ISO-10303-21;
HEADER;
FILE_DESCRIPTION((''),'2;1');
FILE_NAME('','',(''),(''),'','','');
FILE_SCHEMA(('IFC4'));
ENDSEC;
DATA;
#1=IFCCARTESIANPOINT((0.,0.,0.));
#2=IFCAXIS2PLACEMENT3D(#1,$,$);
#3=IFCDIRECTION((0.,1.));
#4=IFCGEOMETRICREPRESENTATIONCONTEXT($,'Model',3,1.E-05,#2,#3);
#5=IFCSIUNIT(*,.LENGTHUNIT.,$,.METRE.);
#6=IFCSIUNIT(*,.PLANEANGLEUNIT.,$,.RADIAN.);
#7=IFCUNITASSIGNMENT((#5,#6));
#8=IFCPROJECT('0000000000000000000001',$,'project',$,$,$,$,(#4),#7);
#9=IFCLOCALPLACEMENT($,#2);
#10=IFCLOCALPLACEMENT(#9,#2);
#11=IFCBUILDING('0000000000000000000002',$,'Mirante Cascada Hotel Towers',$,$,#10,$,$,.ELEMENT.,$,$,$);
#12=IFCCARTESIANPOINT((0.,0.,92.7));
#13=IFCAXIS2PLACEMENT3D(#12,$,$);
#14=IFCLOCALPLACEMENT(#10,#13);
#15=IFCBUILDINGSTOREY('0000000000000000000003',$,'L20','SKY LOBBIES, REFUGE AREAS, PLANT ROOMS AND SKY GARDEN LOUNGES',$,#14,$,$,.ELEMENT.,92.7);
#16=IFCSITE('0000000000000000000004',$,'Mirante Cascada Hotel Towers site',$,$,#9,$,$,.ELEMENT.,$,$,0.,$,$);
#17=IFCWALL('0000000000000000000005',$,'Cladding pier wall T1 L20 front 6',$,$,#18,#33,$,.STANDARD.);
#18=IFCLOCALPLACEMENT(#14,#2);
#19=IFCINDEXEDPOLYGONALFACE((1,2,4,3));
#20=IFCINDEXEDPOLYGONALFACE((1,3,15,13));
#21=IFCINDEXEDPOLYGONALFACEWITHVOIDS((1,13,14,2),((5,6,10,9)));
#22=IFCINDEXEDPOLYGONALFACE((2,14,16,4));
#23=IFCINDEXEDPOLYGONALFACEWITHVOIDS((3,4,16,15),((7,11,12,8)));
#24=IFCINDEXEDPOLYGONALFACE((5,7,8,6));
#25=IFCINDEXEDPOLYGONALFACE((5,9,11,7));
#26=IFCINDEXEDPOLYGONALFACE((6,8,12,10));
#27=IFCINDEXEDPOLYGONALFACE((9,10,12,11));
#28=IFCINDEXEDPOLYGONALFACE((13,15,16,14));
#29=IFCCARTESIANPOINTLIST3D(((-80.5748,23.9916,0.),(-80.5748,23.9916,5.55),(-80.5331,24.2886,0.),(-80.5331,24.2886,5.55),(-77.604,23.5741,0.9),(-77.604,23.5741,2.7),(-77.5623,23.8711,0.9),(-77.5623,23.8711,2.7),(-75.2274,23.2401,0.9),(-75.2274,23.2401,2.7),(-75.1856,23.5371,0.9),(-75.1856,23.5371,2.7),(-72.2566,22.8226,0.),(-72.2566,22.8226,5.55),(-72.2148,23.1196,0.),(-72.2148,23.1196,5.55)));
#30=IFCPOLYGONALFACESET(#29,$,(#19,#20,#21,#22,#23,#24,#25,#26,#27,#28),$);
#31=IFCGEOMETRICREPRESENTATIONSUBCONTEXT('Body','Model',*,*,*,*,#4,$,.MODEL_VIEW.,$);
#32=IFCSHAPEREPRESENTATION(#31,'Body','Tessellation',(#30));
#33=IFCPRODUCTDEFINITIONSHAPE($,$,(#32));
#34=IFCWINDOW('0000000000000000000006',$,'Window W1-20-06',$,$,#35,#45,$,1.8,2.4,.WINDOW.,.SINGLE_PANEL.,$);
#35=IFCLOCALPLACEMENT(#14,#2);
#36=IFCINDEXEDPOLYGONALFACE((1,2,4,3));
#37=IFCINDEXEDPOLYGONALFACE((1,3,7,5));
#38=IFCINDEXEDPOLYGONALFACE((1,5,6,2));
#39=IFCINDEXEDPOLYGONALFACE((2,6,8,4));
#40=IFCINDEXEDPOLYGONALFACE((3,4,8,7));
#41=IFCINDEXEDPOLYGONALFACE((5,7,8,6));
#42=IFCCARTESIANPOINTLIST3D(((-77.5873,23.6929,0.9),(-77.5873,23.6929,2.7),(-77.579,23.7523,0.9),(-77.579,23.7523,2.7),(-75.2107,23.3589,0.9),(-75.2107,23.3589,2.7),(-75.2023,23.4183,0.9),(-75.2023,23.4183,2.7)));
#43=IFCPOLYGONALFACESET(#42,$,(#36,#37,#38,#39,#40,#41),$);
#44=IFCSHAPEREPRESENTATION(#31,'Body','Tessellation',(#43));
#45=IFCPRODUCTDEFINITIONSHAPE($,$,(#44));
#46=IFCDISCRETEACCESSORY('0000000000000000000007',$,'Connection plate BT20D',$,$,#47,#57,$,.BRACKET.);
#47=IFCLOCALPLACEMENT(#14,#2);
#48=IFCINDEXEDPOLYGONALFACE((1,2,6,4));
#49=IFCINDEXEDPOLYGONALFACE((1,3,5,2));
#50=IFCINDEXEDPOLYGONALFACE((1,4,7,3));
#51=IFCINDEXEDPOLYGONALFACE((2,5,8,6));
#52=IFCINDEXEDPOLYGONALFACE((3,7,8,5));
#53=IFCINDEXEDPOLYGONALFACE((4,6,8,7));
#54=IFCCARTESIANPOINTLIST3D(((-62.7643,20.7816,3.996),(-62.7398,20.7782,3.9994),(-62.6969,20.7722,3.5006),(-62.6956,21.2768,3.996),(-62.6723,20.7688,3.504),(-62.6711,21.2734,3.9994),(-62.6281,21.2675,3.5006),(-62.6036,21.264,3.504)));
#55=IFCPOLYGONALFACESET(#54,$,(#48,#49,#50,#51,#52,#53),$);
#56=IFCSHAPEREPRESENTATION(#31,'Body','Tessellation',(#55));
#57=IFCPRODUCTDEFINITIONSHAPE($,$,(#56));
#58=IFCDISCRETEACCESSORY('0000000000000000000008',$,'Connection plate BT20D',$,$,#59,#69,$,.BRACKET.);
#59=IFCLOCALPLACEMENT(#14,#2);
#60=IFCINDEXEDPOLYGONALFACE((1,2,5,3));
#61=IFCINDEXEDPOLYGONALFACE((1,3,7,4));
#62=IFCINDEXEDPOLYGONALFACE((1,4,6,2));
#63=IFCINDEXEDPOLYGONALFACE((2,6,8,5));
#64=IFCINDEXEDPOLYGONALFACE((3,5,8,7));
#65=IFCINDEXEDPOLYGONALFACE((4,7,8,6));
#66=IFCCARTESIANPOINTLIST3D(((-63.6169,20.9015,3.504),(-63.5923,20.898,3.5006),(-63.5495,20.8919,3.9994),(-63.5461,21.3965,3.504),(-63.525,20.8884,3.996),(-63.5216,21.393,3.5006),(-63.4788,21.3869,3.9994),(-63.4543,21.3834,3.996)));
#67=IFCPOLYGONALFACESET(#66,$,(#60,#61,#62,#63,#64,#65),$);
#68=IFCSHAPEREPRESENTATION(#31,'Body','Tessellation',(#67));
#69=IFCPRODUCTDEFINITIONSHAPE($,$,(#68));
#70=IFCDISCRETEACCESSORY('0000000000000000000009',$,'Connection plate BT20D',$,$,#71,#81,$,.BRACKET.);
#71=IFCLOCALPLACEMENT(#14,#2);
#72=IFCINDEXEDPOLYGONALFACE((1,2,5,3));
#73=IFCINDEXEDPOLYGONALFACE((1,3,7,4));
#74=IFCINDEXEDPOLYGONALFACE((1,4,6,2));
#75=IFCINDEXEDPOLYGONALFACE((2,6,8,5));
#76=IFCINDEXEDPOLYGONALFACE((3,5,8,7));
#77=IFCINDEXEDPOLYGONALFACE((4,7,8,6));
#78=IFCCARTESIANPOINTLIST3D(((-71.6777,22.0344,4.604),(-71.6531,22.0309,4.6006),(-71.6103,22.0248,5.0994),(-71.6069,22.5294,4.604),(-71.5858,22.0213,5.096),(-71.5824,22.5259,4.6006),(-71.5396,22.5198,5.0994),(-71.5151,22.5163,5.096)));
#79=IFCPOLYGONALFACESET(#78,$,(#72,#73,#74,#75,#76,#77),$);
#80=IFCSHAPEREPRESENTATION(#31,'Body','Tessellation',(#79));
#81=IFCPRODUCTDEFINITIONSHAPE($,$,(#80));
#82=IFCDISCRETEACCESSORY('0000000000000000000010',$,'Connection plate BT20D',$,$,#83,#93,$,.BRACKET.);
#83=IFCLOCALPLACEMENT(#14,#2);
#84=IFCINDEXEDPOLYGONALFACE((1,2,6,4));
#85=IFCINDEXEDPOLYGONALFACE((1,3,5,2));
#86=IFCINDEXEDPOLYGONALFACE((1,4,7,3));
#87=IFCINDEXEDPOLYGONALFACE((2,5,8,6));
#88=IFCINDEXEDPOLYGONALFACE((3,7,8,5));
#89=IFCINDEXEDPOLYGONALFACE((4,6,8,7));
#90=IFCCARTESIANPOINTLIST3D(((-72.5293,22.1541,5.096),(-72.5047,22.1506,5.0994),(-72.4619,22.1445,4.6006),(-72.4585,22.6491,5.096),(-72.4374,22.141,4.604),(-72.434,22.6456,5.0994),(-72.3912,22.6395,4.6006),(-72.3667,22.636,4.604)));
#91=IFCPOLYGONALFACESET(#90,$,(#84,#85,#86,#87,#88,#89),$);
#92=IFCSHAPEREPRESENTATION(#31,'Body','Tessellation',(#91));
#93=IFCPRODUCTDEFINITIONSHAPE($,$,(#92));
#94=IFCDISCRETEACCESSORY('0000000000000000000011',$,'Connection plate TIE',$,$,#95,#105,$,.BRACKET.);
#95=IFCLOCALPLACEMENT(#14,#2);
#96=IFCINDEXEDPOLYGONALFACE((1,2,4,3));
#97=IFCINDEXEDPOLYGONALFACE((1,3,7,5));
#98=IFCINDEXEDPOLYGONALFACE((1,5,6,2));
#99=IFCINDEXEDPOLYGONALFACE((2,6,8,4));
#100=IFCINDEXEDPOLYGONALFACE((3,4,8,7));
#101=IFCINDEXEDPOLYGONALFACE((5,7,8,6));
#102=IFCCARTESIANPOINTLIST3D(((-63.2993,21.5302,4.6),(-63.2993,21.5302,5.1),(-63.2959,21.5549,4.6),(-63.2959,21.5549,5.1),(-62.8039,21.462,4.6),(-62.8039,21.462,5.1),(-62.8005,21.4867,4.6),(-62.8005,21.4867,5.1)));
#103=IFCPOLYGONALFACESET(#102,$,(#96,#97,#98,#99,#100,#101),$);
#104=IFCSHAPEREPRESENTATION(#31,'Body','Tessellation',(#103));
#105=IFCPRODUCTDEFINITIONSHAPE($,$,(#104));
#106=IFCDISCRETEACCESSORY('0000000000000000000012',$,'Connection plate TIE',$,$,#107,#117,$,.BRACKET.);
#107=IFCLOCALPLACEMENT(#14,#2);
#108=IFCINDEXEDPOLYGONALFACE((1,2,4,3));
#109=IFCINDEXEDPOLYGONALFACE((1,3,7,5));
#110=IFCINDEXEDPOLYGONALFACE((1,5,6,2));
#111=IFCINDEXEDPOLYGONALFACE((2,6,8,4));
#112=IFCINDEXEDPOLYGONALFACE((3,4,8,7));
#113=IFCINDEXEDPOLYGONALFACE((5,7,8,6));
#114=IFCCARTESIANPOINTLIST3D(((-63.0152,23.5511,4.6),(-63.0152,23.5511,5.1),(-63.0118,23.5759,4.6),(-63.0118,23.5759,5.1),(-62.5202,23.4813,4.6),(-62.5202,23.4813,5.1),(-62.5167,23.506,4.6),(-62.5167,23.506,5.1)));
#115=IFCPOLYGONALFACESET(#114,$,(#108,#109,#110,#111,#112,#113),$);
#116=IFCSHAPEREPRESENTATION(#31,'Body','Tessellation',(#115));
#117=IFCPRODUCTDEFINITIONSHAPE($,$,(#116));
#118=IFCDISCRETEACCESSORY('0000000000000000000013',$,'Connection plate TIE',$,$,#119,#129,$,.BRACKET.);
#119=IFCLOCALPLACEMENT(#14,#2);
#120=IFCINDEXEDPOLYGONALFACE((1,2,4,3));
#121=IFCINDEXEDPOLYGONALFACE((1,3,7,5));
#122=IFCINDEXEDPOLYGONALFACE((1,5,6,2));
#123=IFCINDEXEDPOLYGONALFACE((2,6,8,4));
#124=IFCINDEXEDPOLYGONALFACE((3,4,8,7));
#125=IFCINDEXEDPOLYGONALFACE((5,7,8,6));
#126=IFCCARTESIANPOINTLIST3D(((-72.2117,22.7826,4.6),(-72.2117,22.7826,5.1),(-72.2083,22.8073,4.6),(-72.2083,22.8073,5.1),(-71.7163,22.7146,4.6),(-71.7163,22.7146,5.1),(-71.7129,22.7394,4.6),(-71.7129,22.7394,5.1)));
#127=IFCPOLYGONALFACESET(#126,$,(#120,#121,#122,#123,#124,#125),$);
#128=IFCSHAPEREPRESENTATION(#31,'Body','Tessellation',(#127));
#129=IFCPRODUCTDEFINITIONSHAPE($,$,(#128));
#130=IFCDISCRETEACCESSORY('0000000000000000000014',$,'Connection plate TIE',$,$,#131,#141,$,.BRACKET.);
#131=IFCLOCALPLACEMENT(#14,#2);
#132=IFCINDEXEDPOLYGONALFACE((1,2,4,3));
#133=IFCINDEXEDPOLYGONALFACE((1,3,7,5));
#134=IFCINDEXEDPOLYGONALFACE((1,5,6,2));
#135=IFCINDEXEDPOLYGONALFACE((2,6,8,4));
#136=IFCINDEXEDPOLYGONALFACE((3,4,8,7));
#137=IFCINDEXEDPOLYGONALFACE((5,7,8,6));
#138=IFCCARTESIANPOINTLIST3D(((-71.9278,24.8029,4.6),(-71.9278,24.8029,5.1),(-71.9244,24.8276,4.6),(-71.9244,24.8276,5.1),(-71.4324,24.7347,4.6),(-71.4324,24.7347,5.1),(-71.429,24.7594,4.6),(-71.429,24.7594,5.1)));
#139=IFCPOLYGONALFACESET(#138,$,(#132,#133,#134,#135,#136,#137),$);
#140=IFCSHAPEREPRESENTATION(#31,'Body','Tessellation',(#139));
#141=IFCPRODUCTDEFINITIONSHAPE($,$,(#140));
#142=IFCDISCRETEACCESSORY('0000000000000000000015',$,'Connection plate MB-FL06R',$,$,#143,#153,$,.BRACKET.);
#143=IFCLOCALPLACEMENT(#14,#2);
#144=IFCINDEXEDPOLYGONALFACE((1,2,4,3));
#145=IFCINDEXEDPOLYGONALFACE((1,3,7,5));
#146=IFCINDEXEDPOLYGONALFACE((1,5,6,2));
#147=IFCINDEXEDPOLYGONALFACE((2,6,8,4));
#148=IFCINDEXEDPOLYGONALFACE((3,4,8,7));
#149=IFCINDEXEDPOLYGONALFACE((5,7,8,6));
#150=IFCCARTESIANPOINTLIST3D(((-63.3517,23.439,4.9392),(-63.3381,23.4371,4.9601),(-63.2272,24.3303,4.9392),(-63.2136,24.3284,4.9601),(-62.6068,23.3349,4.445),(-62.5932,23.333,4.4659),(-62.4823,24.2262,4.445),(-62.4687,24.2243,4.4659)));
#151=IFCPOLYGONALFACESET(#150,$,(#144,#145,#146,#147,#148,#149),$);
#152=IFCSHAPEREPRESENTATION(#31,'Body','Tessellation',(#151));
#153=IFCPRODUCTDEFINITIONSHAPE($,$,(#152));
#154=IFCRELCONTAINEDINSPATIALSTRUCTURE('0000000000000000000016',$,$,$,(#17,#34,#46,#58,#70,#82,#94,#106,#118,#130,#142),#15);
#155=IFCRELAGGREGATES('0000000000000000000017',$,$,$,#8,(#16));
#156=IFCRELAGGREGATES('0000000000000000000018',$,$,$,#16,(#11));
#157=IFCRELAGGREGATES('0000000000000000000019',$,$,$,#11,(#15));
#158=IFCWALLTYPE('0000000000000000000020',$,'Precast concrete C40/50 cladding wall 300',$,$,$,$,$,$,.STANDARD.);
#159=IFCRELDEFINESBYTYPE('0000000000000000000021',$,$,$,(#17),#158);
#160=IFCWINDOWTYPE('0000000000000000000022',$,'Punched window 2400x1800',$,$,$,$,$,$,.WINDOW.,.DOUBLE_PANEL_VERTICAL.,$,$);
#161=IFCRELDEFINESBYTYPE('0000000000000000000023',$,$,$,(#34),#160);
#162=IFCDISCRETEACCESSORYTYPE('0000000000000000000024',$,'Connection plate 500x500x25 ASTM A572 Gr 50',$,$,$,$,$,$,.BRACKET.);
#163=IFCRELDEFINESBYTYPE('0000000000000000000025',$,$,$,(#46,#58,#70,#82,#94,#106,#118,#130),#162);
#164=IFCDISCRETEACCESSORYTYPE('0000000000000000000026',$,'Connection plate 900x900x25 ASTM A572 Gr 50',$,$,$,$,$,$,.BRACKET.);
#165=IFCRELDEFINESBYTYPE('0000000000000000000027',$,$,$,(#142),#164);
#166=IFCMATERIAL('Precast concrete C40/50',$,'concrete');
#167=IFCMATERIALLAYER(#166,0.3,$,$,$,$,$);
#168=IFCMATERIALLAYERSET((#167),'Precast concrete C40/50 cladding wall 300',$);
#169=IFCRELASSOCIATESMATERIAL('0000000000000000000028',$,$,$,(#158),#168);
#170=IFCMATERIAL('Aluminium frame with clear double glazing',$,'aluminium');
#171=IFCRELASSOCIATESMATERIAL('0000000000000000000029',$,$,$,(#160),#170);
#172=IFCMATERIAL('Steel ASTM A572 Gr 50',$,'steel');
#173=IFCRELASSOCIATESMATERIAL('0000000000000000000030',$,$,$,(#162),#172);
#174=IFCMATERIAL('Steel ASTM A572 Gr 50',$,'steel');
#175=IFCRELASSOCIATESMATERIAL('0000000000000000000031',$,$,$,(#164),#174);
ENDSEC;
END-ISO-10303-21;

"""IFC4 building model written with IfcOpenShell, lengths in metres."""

from ifc_helpers import new_model, si_unit, direction, frame, frame_2d, origin, origin_2d, place, context, subcontext, project, spatial, rectangle, extrude, material, layer, layer_set, material_profile, profile_set, type_object, element, fill, save


model = new_model("IFC4")

# Units and contexts
model_context = context("Model", 3, precision=1e-05, world=origin(), true_north=direction((0.0, 1.0)))
body_context = subcontext(model_context, "Body", "Model", "MODEL_VIEW")
ifc_project = project(units=[si_unit("LENGTHUNIT", "METRE"), si_unit("PLANEANGLEUNIT", "RADIAN")], contexts=[model_context])

# Site, building, storey
site_placement = place(None, origin())
site = spatial("IfcSite", under=ifc_project, at=site_placement, Name="Mirante Cascada Hotel Towers site", CompositionType="ELEMENT", RefElevation=0.0)
building_placement = place(site_placement, origin())
building = spatial("IfcBuilding", under=site, at=building_placement, Name="Mirante Cascada Hotel Towers", CompositionType="ELEMENT")
storey_placement = place(building_placement, frame((0.0, 0.0, 92.7)))
storey = spatial("IfcBuildingStorey", under=building, at=storey_placement, Name="L20", Description="SKY LOBBIES, REFUGE AREAS, PLANT ROOMS AND SKY GARDEN LOUNGES", CompositionType="ELEMENT", Elevation=92.7)

# Wall, opening, window
ifc_material_1 = material(Name="Precast concrete C40/50", Category="concrete")
ifc_layer = layer(ifc_material_1, 0.3)
ifc_layer_set = layer_set([ifc_layer], Name="Precast concrete C40/50 cladding wall 300")
wall_type = type_object("IfcWallType", Name="Precast concrete C40/50 cladding wall 300", PredefinedType="STANDARD", material=ifc_layer_set)
ifc_material_2 = material(Name="Aluminium frame with clear double glazing", Category="aluminium")
window_type = type_object("IfcWindowType", Name="Punched window 2400x1800", PartitioningType="DOUBLE_PANEL_VERTICAL", PredefinedType="WINDOW", material=ifc_material_2)
wall_1_placement = place(storey_placement, frame((-72.2357, 22.9711, 0.0), z_axis=(0.0, 0.0, 1.0), x_axis=(-0.990269, 0.139166, 0.0)))
wall_1 = element("IfcWall", 1, at=wall_1_placement, inside=storey, type_object=wall_type, Name="Cladding pier wall T1 L20 front 6", PredefinedType="STANDARD", context=body_context, shape_type="SweptSolid", body=[
    extrude(rectangle(XDim=8.4, YDim=0.3, at=frame_2d((4.2, 0.0))), origin(), (0.0, 0.0, 1.0), 5.55),
])
opening_1_placement = place(wall_1_placement, frame((3.0, 0.0, 0.9)))
opening_1 = element("IfcOpeningElement", 2, at=opening_1_placement, cuts=wall_1, PredefinedType="OPENING", context=body_context, shape_type="SweptSolid", body=[
    extrude(rectangle(XDim=2.4, YDim=1.8, at=frame_2d((1.2, 0.9))), frame((0.0, 0.15, 0.0), z_axis=(0.0, -1.0, 0.0), x_axis=(1.0, 0.0, 0.0)), (0.0, 0.0, 1.0), 0.3),
])
window_1_placement = place(opening_1_placement, origin())
window_1 = element("IfcWindow", 3, at=window_1_placement, inside=storey, type_object=window_type, Name="Window W1-20-06", OverallHeight=1.8, OverallWidth=2.4, PartitioningType="SINGLE_PANEL", PredefinedType="WINDOW", context=body_context, shape_type="SweptSolid", body=[
    extrude(rectangle(XDim=2.4, YDim=1.8, at=frame_2d((1.2, 0.9))), frame((0.0, 0.03, 0.0), z_axis=(0.0, -1.0, 0.0), x_axis=(1.0, 0.0, 0.0)), (0.0, 0.0, 1.0), 0.06),
])
fill(opening_1, window_1)

# Discrete accessories
ifc_material_3 = material(Name="Steel ASTM A572 Gr 50", Category="steel")
ifc_material_profile_1 = material_profile(ifc_material_3, rectangle(XDim=0.5, YDim=0.5, at=origin_2d()), Name="Connection plate 500x500x25 ASTM A572 Gr 50")
ifc_profile_set_1 = profile_set([ifc_material_profile_1], Name="Steel ASTM A572 Gr 50")
discrete_accessory_type_1 = type_object("IfcDiscreteAccessoryType", Name="Connection plate 500x500x25 ASTM A572 Gr 50", PredefinedType="BRACKET", material=ifc_profile_set_1)
for number, where, z_axis, x_axis, name in (
    (4, (-62.6717, 21.0211, 3.7517), (-0.98128, 0.136178, -0.136178), (-0.137458, -0.990508, 0.0), "Connection plate BT20D"),
    (5, (-63.5233, 21.1407, 3.7483), (-0.980738, 0.140105, 0.136102), (-0.141421, -0.98995, 0.0), "Connection plate BT20D"),
    (6, (-71.5841, 22.2736, 4.8483), (-0.980738, 0.140105, 0.136102), (-0.141421, -0.98995, 0.0), "Connection plate BT20D"),
    (7, (-72.4357, 22.3933, 4.8517), (-0.980738, 0.140105, -0.136102), (-0.141421, -0.98995, 0.0), "Connection plate BT20D"),
):
    element("IfcDiscreteAccessory", number, at=place(storey_placement, frame(where, z_axis=z_axis, x_axis=x_axis)), inside=storey, type_object=discrete_accessory_type_1, Name=name, PredefinedType="BRACKET", context=body_context, shape_type="SweptSolid", body=[
        extrude(rectangle(XDim=0.5, YDim=0.5, at=origin_2d()), origin(), (0.0, 0.0, 1.0), 0.025),
    ])
discrete_accessory_1_placement = place(storey_placement, frame((-63.0516, 21.4961, 4.85), z_axis=(0.136366, 0.990658, 0.0), x_axis=(-0.990658, 0.136366, 0.0)))
element("IfcDiscreteAccessory", 8, at=discrete_accessory_1_placement, inside=storey, type_object=discrete_accessory_type_1, Name="Connection plate TIE", PredefinedType="BRACKET", context=body_context, shape_type="SweptSolid", body=[
    extrude(rectangle(XDim=0.5, YDim=0.5, at=origin_2d()), origin(), (0.0, 0.0, 1.0), 0.0249),
])
for number, where, z_axis, x_axis, name in (
    (9, (-62.7677, 23.5162, 4.85), (0.139744, 0.990188, 0.0), (-0.990188, 0.139744, 0.0), "Connection plate TIE"),
    (10, (-71.964, 22.7486, 4.85), (0.135826, 0.990733, 0.0), (-0.990733, 0.135826, 0.0), "Connection plate TIE"),
):
    element("IfcDiscreteAccessory", number, at=place(storey_placement, frame(where, z_axis=z_axis, x_axis=x_axis)), inside=storey, type_object=discrete_accessory_type_1, Name=name, PredefinedType="BRACKET", context=body_context, shape_type="SweptSolid", body=[
        extrude(rectangle(XDim=0.5, YDim=0.5, at=origin_2d()), origin(), (0.0, 0.0, 1.0), 0.025),
    ])
discrete_accessory_2_placement = place(storey_placement, frame((-71.6801, 24.7688, 4.85), z_axis=(0.136366, 0.990658, 0.0), x_axis=(-0.990658, 0.136366, 0.0)))
element("IfcDiscreteAccessory", 11, at=discrete_accessory_2_placement, inside=storey, type_object=discrete_accessory_type_1, Name="Connection plate TIE", PredefinedType="BRACKET", context=body_context, shape_type="SweptSolid", body=[
    extrude(rectangle(XDim=0.5, YDim=0.5, at=origin_2d()), origin(), (0.0, 0.0, 1.0), 0.0249),
])
ifc_material_4 = material(Name="Steel ASTM A572 Gr 50", Category="steel")
ifc_material_profile_2 = material_profile(ifc_material_4, rectangle(XDim=0.9, YDim=0.9, at=origin_2d()), Name="Connection plate 900x900x25 ASTM A572 Gr 50")
ifc_profile_set_2 = profile_set([ifc_material_profile_2], Name="Steel ASTM A572 Gr 50")
discrete_accessory_type_2 = type_object("IfcDiscreteAccessoryType", Name="Connection plate 900x900x25 ASTM A572 Gr 50", PredefinedType="BRACKET", material=ifc_profile_set_2)
discrete_accessory_3_placement = place(storey_placement, frame((-62.917, 23.8326, 4.6921), z_axis=(0.543835, -0.075977, 0.835746), x_axis=(0.138362, 0.990382, 0.0)))
element("IfcDiscreteAccessory", 12, at=discrete_accessory_3_placement, inside=storey, type_object=discrete_accessory_type_2, Name="Connection plate MB-FL06R", PredefinedType="BRACKET", context=body_context, shape_type="SweptSolid", body=[
    extrude(rectangle(XDim=0.9, YDim=0.9, at=origin_2d()), origin(), (0.0, 0.0, 1.0), 0.025),
])

save(model, "model.ifc")
